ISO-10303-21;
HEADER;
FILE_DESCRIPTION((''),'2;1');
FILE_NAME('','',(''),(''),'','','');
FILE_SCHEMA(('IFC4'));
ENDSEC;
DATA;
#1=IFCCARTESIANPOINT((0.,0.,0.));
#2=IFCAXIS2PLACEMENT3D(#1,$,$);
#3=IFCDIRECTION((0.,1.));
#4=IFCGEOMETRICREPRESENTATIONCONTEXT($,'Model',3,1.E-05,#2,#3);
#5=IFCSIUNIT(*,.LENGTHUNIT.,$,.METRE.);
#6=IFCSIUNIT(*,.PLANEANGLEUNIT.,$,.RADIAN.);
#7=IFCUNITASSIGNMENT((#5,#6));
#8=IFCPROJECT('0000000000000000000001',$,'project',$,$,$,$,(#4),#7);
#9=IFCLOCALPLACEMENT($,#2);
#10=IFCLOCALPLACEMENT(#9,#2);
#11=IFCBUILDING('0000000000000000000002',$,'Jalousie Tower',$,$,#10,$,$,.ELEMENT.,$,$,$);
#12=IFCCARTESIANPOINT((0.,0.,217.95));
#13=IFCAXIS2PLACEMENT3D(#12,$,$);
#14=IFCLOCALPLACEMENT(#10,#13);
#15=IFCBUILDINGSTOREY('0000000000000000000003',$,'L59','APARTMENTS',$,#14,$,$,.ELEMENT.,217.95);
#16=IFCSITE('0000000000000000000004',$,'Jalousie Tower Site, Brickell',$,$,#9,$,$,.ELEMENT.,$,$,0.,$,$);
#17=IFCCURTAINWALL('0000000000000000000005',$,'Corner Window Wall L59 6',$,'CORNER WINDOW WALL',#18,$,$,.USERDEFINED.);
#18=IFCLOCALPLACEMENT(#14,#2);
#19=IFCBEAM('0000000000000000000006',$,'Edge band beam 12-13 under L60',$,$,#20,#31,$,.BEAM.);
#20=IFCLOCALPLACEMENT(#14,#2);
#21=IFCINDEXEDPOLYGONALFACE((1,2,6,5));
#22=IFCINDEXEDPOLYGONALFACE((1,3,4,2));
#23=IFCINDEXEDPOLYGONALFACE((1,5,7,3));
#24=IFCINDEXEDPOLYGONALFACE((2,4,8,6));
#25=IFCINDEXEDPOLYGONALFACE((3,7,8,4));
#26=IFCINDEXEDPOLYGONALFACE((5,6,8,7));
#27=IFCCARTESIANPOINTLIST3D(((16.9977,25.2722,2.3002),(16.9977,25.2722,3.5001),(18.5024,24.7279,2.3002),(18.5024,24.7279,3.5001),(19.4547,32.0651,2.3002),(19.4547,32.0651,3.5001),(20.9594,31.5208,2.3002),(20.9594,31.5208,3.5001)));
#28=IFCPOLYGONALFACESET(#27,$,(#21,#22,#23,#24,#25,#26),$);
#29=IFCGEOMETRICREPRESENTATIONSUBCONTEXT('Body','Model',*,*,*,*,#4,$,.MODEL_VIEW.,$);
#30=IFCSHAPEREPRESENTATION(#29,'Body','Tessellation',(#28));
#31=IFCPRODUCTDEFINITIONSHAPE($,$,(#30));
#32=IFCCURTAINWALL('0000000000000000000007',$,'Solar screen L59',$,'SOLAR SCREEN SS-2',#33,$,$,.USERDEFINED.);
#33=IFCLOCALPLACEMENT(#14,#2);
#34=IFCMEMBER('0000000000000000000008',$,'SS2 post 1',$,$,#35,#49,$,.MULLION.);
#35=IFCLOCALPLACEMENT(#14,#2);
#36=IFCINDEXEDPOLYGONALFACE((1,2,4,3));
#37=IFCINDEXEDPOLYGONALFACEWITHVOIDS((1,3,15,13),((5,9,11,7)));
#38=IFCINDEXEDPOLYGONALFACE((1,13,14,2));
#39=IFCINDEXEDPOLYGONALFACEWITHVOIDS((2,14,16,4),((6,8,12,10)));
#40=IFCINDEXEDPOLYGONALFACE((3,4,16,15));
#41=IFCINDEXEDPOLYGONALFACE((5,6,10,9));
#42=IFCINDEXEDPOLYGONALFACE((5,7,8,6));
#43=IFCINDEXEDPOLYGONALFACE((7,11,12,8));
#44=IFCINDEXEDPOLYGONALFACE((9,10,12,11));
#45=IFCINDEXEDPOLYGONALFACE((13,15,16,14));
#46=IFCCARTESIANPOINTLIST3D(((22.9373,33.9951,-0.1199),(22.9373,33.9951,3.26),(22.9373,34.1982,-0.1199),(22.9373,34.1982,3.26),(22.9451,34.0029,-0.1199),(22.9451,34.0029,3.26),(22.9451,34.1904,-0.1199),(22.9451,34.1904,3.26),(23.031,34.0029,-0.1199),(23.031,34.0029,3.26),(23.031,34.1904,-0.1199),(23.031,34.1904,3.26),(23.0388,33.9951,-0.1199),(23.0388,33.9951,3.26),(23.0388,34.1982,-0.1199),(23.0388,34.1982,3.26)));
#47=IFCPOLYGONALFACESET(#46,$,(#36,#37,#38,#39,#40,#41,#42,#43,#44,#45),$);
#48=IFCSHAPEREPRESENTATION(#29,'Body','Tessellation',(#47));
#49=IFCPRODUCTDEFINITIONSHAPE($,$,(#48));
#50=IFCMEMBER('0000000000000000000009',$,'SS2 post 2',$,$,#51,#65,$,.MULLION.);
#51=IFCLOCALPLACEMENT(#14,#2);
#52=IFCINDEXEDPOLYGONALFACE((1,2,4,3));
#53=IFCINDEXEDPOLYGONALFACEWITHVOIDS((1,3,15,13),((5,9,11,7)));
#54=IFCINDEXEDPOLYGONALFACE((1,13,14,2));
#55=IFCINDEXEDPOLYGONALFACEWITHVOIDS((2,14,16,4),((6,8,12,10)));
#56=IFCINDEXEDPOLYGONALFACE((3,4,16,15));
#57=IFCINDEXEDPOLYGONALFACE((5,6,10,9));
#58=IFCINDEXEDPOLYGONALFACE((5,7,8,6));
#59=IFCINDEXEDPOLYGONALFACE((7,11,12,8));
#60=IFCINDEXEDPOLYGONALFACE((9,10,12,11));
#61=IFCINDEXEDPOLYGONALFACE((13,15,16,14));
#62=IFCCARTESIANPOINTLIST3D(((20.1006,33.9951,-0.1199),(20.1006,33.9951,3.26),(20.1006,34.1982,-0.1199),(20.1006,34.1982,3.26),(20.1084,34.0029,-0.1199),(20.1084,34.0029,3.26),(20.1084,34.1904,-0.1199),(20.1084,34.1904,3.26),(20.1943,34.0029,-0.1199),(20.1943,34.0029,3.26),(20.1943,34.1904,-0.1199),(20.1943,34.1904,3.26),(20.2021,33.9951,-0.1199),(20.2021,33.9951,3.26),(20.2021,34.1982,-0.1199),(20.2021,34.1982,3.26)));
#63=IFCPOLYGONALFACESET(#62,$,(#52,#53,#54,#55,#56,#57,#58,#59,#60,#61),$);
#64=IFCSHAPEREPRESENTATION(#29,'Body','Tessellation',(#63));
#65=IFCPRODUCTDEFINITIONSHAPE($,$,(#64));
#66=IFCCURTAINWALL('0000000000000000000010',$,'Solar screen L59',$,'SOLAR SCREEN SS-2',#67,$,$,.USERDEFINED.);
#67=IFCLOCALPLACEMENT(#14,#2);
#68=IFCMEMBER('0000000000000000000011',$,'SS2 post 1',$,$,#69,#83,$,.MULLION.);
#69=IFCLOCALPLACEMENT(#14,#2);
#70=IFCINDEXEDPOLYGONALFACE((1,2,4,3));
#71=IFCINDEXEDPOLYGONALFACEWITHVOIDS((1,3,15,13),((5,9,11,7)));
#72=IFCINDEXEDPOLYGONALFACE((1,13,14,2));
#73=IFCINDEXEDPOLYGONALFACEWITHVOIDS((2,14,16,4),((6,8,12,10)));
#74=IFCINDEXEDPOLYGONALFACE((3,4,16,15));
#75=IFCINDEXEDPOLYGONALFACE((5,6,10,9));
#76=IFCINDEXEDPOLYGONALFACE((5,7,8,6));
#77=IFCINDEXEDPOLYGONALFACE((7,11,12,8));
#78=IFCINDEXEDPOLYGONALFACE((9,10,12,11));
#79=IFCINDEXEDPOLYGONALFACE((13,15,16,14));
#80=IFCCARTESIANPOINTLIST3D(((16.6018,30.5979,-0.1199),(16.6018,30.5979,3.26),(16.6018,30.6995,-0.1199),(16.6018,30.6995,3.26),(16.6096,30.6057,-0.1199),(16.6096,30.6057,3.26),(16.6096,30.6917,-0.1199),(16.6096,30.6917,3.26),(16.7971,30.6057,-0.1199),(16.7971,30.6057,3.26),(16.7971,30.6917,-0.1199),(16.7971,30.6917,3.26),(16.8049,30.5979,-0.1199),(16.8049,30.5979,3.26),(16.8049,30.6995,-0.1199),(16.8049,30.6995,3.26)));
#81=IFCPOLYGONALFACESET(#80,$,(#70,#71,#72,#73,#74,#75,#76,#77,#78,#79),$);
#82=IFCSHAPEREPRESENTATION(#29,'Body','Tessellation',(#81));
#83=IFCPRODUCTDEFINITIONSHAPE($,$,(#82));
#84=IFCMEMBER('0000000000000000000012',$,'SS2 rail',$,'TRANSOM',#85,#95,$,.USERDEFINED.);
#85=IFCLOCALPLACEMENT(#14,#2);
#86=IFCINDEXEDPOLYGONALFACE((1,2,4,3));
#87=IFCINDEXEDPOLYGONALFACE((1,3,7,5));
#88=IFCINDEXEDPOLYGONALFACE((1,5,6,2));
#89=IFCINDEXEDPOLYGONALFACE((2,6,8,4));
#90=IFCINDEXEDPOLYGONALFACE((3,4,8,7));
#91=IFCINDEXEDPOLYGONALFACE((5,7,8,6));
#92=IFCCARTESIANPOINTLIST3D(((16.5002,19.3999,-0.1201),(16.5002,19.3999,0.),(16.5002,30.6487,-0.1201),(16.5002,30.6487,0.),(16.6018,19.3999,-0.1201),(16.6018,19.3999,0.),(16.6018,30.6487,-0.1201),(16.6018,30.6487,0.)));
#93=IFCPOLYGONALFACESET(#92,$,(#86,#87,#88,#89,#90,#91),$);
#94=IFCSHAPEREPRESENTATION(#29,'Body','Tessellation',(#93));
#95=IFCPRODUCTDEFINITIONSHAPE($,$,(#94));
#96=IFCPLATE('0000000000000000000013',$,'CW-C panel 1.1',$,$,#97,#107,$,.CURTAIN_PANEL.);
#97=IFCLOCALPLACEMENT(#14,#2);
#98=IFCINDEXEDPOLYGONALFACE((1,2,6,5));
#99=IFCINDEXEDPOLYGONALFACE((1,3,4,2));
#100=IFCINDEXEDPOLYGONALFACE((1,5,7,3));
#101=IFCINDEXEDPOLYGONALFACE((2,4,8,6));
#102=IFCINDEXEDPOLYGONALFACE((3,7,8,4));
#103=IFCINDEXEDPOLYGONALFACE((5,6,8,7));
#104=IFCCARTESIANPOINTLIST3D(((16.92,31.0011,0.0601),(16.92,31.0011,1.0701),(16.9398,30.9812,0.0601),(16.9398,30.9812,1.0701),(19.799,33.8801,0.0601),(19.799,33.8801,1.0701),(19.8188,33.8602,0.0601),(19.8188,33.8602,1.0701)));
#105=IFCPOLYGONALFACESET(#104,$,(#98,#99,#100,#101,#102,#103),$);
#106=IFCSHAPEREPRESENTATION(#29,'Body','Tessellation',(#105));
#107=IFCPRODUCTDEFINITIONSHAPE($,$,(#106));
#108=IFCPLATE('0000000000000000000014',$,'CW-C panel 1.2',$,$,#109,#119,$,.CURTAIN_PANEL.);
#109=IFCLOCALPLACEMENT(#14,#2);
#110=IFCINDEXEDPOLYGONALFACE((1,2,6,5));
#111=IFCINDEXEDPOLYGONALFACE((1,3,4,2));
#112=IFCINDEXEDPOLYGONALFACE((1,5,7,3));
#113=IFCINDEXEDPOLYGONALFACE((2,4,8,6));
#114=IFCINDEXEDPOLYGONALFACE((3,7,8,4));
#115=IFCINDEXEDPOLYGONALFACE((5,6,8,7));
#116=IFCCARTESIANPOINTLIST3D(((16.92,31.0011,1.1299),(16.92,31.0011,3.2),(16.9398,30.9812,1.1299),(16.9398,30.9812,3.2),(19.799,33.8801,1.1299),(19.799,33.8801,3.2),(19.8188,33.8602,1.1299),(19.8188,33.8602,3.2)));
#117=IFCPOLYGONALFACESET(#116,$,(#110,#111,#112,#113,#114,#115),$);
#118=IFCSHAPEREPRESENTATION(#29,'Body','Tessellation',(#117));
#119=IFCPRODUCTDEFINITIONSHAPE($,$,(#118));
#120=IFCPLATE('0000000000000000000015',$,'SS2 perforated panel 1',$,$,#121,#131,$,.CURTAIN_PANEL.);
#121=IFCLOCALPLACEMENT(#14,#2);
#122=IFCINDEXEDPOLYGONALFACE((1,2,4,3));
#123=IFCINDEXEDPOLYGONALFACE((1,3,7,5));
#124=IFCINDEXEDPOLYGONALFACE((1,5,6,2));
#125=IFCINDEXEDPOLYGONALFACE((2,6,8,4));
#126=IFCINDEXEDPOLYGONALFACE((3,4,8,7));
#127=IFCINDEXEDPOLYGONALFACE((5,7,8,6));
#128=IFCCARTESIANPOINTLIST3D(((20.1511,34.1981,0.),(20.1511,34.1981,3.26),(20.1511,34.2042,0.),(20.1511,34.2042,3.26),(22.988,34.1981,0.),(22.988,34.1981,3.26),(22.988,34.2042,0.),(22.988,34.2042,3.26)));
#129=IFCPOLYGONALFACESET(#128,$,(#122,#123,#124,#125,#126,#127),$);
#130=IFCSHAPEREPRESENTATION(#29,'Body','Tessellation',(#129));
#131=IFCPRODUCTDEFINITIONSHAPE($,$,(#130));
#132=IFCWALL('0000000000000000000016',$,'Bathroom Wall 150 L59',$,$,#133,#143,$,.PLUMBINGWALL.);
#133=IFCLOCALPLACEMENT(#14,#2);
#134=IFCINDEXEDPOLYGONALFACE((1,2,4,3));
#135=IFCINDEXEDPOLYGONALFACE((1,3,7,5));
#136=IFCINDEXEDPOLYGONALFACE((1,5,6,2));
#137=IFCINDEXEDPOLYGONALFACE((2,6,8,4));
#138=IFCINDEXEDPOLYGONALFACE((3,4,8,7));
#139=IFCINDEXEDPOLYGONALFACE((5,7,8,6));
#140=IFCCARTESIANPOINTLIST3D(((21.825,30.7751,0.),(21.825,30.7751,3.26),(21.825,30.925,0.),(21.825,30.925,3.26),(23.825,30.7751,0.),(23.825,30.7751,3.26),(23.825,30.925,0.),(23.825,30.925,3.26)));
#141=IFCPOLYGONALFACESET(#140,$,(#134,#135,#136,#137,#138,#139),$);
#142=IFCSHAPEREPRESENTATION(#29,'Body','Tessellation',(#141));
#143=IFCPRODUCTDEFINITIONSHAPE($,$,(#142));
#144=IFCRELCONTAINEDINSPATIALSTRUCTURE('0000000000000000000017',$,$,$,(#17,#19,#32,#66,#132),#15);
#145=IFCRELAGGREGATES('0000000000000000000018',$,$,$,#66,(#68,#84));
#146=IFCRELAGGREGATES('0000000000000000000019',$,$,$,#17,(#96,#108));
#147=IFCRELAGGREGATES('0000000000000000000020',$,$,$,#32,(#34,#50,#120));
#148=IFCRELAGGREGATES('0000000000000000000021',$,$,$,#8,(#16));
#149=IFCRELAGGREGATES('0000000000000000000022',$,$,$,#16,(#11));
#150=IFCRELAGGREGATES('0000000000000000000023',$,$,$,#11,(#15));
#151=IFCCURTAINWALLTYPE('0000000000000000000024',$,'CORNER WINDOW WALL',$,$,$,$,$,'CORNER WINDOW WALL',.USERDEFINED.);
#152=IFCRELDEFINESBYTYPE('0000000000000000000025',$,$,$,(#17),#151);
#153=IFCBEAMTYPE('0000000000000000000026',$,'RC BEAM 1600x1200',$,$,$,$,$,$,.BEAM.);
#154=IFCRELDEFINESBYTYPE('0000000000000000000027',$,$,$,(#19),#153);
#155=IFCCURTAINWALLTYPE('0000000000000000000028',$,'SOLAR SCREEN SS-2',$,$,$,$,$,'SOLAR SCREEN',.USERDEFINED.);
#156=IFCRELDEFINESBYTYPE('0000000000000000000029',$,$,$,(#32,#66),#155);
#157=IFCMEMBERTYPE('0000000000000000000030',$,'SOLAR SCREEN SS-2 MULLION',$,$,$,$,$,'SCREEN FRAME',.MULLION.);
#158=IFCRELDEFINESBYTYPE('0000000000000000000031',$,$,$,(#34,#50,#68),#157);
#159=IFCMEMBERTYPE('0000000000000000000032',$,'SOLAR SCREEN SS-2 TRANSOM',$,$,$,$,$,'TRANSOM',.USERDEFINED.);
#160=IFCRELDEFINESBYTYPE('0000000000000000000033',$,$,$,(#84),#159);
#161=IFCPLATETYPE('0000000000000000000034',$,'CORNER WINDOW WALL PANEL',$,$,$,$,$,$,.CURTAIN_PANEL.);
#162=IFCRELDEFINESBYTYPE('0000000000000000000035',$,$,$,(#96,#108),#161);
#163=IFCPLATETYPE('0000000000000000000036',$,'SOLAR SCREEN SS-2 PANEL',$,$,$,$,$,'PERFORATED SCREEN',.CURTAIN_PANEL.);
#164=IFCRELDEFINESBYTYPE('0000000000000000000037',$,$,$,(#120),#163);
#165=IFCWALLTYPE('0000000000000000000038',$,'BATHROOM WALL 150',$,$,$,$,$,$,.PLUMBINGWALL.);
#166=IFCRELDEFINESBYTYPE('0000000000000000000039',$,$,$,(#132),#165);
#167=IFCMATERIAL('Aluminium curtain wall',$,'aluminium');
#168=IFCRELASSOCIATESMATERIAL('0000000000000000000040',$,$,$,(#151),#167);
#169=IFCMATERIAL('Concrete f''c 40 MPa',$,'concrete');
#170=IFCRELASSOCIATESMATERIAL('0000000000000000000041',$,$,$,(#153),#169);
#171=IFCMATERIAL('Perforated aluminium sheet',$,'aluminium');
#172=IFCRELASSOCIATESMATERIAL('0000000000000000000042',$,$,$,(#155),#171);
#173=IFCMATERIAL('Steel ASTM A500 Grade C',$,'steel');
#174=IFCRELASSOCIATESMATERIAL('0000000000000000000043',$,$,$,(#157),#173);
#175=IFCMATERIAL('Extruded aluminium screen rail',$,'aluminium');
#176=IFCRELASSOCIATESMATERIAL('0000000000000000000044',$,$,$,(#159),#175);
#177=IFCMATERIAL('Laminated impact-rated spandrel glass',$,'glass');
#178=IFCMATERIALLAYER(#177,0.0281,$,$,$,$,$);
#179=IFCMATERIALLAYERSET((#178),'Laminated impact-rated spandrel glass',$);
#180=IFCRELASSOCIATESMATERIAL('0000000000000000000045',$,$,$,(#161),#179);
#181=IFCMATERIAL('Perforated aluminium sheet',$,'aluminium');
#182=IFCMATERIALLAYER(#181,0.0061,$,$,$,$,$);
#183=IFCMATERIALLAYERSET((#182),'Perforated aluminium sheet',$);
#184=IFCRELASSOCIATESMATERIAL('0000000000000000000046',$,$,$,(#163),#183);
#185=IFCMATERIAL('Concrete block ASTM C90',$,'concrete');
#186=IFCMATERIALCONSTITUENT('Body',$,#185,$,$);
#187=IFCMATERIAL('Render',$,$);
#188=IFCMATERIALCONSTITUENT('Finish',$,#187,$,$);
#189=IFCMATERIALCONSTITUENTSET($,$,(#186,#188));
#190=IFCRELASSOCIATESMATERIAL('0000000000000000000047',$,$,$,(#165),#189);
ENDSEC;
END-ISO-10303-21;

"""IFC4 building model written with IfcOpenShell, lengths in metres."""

from ifc_helpers import new_model, si_unit, direction, frame, frame_2d, origin, origin_2d, place, context, subcontext, project, spatial, rectangle, hollow_rectangle, extrude, material, layer, layer_set, constituent, constituent_set, material_profile, profile_set, type_object, element, aggregate, save


model = new_model("IFC4")

# Units and contexts
model_context = context("Model", 3, precision=1e-05, world=origin(), true_north=direction((0.0, 1.0)))
body_context = subcontext(model_context, "Body", "Model", "MODEL_VIEW")
ifc_project = project(units=[si_unit("LENGTHUNIT", "METRE"), si_unit("PLANEANGLEUNIT", "RADIAN")], contexts=[model_context])

# Site, building, storey
site_placement = place(None, origin())
site = spatial("IfcSite", under=ifc_project, at=site_placement, Name="Jalousie Tower Site, Brickell", CompositionType="ELEMENT", RefElevation=0.0)
building_placement = place(site_placement, origin())
building = spatial("IfcBuilding", under=site, at=building_placement, Name="Jalousie Tower", CompositionType="ELEMENT")
storey_placement = place(building_placement, frame((0.0, 0.0, 217.95)))
storey = spatial("IfcBuildingStorey", under=building, at=storey_placement, Name="L59", Description="APARTMENTS", CompositionType="ELEMENT", Elevation=217.95)

# Curtain wall
ifc_material_1 = material(Name="Aluminium curtain wall", Category="aluminium")
curtain_wall_type_1 = type_object("IfcCurtainWallType", Name="CORNER WINDOW WALL", ElementType="CORNER WINDOW WALL", PredefinedType="USERDEFINED", material=ifc_material_1)
curtain_wall_1_placement = place(storey_placement, origin())
curtain_wall_1 = element("IfcCurtainWall", 1, at=curtain_wall_1_placement, inside=storey, type_object=curtain_wall_type_1, Name="Corner Window Wall L59 6", ObjectType="CORNER WINDOW WALL", PredefinedType="USERDEFINED")

# Beam
ifc_material_2 = material(Name="Concrete f'c 40 MPa", Category="concrete")
ifc_material_profile_1 = material_profile(ifc_material_2, rectangle(XDim=1.6001, YDim=1.2, at=origin_2d()), Name="RC 1600x1200")
ifc_profile_set_1 = profile_set([ifc_material_profile_1], Name="Concrete f'c 40 MPa")
beam_type = type_object("IfcBeamType", Name="RC BEAM 1600x1200", PredefinedType="BEAM", material=ifc_profile_set_1)
beam_placement = place(storey_placement, frame((20.207, 31.793, 2.9001), z_axis=(-0.340136, -0.940376, 0.0), x_axis=(0.940376, -0.340136, 0.0)))
element("IfcBeam", 2, at=beam_placement, inside=storey, type_object=beam_type, Name="Edge band beam 12-13 under L60", PredefinedType="BEAM", context=body_context, shape_type="SweptSolid", body=[
    extrude(rectangle(XDim=1.6001, YDim=1.2, at=origin_2d()), origin(), (0.0, 0.0, 1.0), 7.2236),
])

# Curtain walls, members
ifc_material_3 = material(Name="Perforated aluminium sheet", Category="aluminium")
curtain_wall_type_2 = type_object("IfcCurtainWallType", Name="SOLAR SCREEN SS-2", ElementType="SOLAR SCREEN", PredefinedType="USERDEFINED", material=ifc_material_3)
curtain_wall_2_placement = place(storey_placement, origin())
curtain_wall_2 = element("IfcCurtainWall", 3, at=curtain_wall_2_placement, inside=storey, type_object=curtain_wall_type_2, Name="Solar screen L59", ObjectType="SOLAR SCREEN SS-2", PredefinedType="USERDEFINED")
ifc_material_4 = material(Name="Steel ASTM A500 Grade C", Category="steel")
ifc_material_profile_2 = material_profile(ifc_material_4, hollow_rectangle(XDim=0.1016, YDim=0.2031, WallThickness=0.0078, at=origin_2d()), Name="HSS8X4X5/16")
ifc_profile_set_2 = profile_set([ifc_material_profile_2], Name="Steel ASTM A500 Grade C")
member_type_1 = type_object("IfcMemberType", Name="SOLAR SCREEN SS-2 MULLION", ElementType="SCREEN FRAME", PredefinedType="MULLION", material=ifc_profile_set_2)
member_1_placement = place(storey_placement, frame((22.988, 34.0967, -0.1199), z_axis=(0.0, 0.0, 1.0), x_axis=(-1.0, 0.0, 0.0)))
member_1 = element("IfcMember", 4, at=member_1_placement, type_object=member_type_1, Name="SS2 post 1", PredefinedType="MULLION", context=body_context, shape_type="SweptSolid", body=[
    extrude(hollow_rectangle(XDim=0.1016, YDim=0.2031, WallThickness=0.0078, at=origin_2d()), origin(), (0.0, 0.0, 1.0), 3.3799),
])
member_2_placement = place(storey_placement, frame((20.1514, 34.0967, -0.1199), z_axis=(0.0, 0.0, 1.0), x_axis=(-1.0, 0.0, 0.0)))
member_2 = element("IfcMember", 5, at=member_2_placement, type_object=member_type_1, Name="SS2 post 2", PredefinedType="MULLION", context=body_context, shape_type="SweptSolid", body=[
    extrude(hollow_rectangle(XDim=0.1016, YDim=0.2031, WallThickness=0.0078, at=origin_2d()), origin(), (0.0, 0.0, 1.0), 3.3799),
])
curtain_wall_3_placement = place(storey_placement, origin())
curtain_wall_3 = element("IfcCurtainWall", 6, at=curtain_wall_3_placement, inside=storey, type_object=curtain_wall_type_2, Name="Solar screen L59", ObjectType="SOLAR SCREEN SS-2", PredefinedType="USERDEFINED")
member_3_placement = place(storey_placement, frame((16.7034, 30.6487, -0.1199), z_axis=(0.0, 0.0, 1.0), x_axis=(0.0, -1.0, 0.0)))
member_3 = element("IfcMember", 7, at=member_3_placement, type_object=member_type_1, Name="SS2 post 1", PredefinedType="MULLION", context=body_context, shape_type="SweptSolid", body=[
    extrude(hollow_rectangle(XDim=0.1016, YDim=0.2031, WallThickness=0.0078, at=origin_2d()), origin(), (0.0, 0.0, 1.0), 3.3799),
])
ifc_material_5 = material(Name="Extruded aluminium screen rail", Category="aluminium")
ifc_material_profile_3 = material_profile(ifc_material_5, rectangle(XDim=0.1016, YDim=0.1201, at=origin_2d()), Name="RAIL 102x120")
ifc_profile_set_3 = profile_set([ifc_material_profile_3], Name="Extruded aluminium screen rail")
member_type_2 = type_object("IfcMemberType", Name="SOLAR SCREEN SS-2 TRANSOM", ElementType="TRANSOM", PredefinedType="USERDEFINED", material=ifc_profile_set_3)
member_4_placement = place(storey_placement, frame((16.551, 30.6487, -0.0601), z_axis=(0.0, -1.0, 0.0), x_axis=(1.0, 0.0, 0.0)))
member_4 = element("IfcMember", 8, at=member_4_placement, type_object=member_type_2, Name="SS2 rail", ObjectType="TRANSOM", PredefinedType="USERDEFINED", context=body_context, shape_type="SweptSolid", body=[
    extrude(rectangle(XDim=0.1016, YDim=0.1201, at=origin_2d()), origin(), (0.0, 0.0, 1.0), 11.2488),
])
aggregate(curtain_wall_3, [member_3, member_4])

# Plates
ifc_material_6 = material(Name="Laminated impact-rated spandrel glass", Category="glass")
ifc_layer_1 = layer(ifc_material_6, 0.0281)
ifc_layer_set_1 = layer_set([ifc_layer_1], Name="Laminated impact-rated spandrel glass")
plate_type_1 = type_object("IfcPlateType", Name="CORNER WINDOW WALL PANEL", PredefinedType="CURTAIN_PANEL", material=ifc_layer_set_1)
plate_1_placement = place(storey_placement, frame((18.3694, 32.4307, 0.0601), z_axis=(0.0, 0.0, 1.0), x_axis=(-0.707107, -0.707107, 0.0)))
plate_1 = element("IfcPlate", 9, at=plate_1_placement, type_object=plate_type_1, Name="CW-C panel 1.1", PredefinedType="CURTAIN_PANEL", context=body_context, shape_type="SweptSolid", body=[
    extrude(rectangle(XDim=4.0715, YDim=0.0281, at=origin_2d()), origin(), (0.0, 0.0, 1.0), 1.01),
])
plate_2_placement = place(storey_placement, frame((18.3694, 32.4307, 1.1299), z_axis=(0.0, 0.0, 1.0), x_axis=(-0.707107, -0.707107, 0.0)))
plate_2 = element("IfcPlate", 10, at=plate_2_placement, type_object=plate_type_1, Name="CW-C panel 1.2", PredefinedType="CURTAIN_PANEL", context=body_context, shape_type="SweptSolid", body=[
    extrude(rectangle(XDim=4.0715, YDim=0.0281, at=origin_2d()), origin(), (0.0, 0.0, 1.0), 2.0701),
])
aggregate(curtain_wall_1, [plate_1, plate_2])
ifc_material_7 = material(Name="Perforated aluminium sheet", Category="aluminium")
ifc_layer_2 = layer(ifc_material_7, 0.0061)
ifc_layer_set_2 = layer_set([ifc_layer_2], Name="Perforated aluminium sheet")
plate_type_2 = type_object("IfcPlateType", Name="SOLAR SCREEN SS-2 PANEL", ElementType="PERFORATED SCREEN", PredefinedType="CURTAIN_PANEL", material=ifc_layer_set_2)
plate_3_placement = place(storey_placement, frame((21.5696, 34.2012, 0.0), z_axis=(0.0, 0.0, 1.0), x_axis=(-1.0, 0.0, 0.0)))
plate_3 = element("IfcPlate", 11, at=plate_3_placement, type_object=plate_type_2, Name="SS2 perforated panel 1", PredefinedType="CURTAIN_PANEL", context=body_context, shape_type="SweptSolid", body=[
    extrude(rectangle(XDim=2.8369, YDim=0.0061, at=origin_2d()), origin(), (0.0, 0.0, 1.0), 3.26),
])
aggregate(curtain_wall_2, [member_1, member_2, plate_3])

# Wall
ifc_material_8 = material(Name="Concrete block ASTM C90", Category="concrete")
ifc_constituent_1 = constituent(ifc_material_8, Name="Body")
ifc_material_9 = material(Name="Render")
ifc_constituent_2 = constituent(ifc_material_9, Name="Finish")
ifc_constituent_set_1 = constituent_set(constituents=[ifc_constituent_1, ifc_constituent_2])
wall_type_1 = type_object("IfcWallType", Name="BATHROOM WALL 150", PredefinedType="PLUMBINGWALL", material=ifc_constituent_set_1)
wall_1_placement = place(storey_placement, frame((21.825, 30.8501, 0.0), z_axis=(0.0, 0.0, 1.0), x_axis=(1.0, 0.0, 0.0)))
element("IfcWall", 12, at=wall_1_placement, inside=storey, type_object=wall_type_1, Name="Bathroom Wall 150 L59", PredefinedType="PLUMBINGWALL", context=body_context, shape_type="SweptSolid", body=[
    extrude(rectangle(XDim=2.0, YDim=0.1499, at=frame_2d((1.0, 0.0))), origin(), (0.0, 0.0, 1.0), 3.26),
])

save(model, "model.ifc")
